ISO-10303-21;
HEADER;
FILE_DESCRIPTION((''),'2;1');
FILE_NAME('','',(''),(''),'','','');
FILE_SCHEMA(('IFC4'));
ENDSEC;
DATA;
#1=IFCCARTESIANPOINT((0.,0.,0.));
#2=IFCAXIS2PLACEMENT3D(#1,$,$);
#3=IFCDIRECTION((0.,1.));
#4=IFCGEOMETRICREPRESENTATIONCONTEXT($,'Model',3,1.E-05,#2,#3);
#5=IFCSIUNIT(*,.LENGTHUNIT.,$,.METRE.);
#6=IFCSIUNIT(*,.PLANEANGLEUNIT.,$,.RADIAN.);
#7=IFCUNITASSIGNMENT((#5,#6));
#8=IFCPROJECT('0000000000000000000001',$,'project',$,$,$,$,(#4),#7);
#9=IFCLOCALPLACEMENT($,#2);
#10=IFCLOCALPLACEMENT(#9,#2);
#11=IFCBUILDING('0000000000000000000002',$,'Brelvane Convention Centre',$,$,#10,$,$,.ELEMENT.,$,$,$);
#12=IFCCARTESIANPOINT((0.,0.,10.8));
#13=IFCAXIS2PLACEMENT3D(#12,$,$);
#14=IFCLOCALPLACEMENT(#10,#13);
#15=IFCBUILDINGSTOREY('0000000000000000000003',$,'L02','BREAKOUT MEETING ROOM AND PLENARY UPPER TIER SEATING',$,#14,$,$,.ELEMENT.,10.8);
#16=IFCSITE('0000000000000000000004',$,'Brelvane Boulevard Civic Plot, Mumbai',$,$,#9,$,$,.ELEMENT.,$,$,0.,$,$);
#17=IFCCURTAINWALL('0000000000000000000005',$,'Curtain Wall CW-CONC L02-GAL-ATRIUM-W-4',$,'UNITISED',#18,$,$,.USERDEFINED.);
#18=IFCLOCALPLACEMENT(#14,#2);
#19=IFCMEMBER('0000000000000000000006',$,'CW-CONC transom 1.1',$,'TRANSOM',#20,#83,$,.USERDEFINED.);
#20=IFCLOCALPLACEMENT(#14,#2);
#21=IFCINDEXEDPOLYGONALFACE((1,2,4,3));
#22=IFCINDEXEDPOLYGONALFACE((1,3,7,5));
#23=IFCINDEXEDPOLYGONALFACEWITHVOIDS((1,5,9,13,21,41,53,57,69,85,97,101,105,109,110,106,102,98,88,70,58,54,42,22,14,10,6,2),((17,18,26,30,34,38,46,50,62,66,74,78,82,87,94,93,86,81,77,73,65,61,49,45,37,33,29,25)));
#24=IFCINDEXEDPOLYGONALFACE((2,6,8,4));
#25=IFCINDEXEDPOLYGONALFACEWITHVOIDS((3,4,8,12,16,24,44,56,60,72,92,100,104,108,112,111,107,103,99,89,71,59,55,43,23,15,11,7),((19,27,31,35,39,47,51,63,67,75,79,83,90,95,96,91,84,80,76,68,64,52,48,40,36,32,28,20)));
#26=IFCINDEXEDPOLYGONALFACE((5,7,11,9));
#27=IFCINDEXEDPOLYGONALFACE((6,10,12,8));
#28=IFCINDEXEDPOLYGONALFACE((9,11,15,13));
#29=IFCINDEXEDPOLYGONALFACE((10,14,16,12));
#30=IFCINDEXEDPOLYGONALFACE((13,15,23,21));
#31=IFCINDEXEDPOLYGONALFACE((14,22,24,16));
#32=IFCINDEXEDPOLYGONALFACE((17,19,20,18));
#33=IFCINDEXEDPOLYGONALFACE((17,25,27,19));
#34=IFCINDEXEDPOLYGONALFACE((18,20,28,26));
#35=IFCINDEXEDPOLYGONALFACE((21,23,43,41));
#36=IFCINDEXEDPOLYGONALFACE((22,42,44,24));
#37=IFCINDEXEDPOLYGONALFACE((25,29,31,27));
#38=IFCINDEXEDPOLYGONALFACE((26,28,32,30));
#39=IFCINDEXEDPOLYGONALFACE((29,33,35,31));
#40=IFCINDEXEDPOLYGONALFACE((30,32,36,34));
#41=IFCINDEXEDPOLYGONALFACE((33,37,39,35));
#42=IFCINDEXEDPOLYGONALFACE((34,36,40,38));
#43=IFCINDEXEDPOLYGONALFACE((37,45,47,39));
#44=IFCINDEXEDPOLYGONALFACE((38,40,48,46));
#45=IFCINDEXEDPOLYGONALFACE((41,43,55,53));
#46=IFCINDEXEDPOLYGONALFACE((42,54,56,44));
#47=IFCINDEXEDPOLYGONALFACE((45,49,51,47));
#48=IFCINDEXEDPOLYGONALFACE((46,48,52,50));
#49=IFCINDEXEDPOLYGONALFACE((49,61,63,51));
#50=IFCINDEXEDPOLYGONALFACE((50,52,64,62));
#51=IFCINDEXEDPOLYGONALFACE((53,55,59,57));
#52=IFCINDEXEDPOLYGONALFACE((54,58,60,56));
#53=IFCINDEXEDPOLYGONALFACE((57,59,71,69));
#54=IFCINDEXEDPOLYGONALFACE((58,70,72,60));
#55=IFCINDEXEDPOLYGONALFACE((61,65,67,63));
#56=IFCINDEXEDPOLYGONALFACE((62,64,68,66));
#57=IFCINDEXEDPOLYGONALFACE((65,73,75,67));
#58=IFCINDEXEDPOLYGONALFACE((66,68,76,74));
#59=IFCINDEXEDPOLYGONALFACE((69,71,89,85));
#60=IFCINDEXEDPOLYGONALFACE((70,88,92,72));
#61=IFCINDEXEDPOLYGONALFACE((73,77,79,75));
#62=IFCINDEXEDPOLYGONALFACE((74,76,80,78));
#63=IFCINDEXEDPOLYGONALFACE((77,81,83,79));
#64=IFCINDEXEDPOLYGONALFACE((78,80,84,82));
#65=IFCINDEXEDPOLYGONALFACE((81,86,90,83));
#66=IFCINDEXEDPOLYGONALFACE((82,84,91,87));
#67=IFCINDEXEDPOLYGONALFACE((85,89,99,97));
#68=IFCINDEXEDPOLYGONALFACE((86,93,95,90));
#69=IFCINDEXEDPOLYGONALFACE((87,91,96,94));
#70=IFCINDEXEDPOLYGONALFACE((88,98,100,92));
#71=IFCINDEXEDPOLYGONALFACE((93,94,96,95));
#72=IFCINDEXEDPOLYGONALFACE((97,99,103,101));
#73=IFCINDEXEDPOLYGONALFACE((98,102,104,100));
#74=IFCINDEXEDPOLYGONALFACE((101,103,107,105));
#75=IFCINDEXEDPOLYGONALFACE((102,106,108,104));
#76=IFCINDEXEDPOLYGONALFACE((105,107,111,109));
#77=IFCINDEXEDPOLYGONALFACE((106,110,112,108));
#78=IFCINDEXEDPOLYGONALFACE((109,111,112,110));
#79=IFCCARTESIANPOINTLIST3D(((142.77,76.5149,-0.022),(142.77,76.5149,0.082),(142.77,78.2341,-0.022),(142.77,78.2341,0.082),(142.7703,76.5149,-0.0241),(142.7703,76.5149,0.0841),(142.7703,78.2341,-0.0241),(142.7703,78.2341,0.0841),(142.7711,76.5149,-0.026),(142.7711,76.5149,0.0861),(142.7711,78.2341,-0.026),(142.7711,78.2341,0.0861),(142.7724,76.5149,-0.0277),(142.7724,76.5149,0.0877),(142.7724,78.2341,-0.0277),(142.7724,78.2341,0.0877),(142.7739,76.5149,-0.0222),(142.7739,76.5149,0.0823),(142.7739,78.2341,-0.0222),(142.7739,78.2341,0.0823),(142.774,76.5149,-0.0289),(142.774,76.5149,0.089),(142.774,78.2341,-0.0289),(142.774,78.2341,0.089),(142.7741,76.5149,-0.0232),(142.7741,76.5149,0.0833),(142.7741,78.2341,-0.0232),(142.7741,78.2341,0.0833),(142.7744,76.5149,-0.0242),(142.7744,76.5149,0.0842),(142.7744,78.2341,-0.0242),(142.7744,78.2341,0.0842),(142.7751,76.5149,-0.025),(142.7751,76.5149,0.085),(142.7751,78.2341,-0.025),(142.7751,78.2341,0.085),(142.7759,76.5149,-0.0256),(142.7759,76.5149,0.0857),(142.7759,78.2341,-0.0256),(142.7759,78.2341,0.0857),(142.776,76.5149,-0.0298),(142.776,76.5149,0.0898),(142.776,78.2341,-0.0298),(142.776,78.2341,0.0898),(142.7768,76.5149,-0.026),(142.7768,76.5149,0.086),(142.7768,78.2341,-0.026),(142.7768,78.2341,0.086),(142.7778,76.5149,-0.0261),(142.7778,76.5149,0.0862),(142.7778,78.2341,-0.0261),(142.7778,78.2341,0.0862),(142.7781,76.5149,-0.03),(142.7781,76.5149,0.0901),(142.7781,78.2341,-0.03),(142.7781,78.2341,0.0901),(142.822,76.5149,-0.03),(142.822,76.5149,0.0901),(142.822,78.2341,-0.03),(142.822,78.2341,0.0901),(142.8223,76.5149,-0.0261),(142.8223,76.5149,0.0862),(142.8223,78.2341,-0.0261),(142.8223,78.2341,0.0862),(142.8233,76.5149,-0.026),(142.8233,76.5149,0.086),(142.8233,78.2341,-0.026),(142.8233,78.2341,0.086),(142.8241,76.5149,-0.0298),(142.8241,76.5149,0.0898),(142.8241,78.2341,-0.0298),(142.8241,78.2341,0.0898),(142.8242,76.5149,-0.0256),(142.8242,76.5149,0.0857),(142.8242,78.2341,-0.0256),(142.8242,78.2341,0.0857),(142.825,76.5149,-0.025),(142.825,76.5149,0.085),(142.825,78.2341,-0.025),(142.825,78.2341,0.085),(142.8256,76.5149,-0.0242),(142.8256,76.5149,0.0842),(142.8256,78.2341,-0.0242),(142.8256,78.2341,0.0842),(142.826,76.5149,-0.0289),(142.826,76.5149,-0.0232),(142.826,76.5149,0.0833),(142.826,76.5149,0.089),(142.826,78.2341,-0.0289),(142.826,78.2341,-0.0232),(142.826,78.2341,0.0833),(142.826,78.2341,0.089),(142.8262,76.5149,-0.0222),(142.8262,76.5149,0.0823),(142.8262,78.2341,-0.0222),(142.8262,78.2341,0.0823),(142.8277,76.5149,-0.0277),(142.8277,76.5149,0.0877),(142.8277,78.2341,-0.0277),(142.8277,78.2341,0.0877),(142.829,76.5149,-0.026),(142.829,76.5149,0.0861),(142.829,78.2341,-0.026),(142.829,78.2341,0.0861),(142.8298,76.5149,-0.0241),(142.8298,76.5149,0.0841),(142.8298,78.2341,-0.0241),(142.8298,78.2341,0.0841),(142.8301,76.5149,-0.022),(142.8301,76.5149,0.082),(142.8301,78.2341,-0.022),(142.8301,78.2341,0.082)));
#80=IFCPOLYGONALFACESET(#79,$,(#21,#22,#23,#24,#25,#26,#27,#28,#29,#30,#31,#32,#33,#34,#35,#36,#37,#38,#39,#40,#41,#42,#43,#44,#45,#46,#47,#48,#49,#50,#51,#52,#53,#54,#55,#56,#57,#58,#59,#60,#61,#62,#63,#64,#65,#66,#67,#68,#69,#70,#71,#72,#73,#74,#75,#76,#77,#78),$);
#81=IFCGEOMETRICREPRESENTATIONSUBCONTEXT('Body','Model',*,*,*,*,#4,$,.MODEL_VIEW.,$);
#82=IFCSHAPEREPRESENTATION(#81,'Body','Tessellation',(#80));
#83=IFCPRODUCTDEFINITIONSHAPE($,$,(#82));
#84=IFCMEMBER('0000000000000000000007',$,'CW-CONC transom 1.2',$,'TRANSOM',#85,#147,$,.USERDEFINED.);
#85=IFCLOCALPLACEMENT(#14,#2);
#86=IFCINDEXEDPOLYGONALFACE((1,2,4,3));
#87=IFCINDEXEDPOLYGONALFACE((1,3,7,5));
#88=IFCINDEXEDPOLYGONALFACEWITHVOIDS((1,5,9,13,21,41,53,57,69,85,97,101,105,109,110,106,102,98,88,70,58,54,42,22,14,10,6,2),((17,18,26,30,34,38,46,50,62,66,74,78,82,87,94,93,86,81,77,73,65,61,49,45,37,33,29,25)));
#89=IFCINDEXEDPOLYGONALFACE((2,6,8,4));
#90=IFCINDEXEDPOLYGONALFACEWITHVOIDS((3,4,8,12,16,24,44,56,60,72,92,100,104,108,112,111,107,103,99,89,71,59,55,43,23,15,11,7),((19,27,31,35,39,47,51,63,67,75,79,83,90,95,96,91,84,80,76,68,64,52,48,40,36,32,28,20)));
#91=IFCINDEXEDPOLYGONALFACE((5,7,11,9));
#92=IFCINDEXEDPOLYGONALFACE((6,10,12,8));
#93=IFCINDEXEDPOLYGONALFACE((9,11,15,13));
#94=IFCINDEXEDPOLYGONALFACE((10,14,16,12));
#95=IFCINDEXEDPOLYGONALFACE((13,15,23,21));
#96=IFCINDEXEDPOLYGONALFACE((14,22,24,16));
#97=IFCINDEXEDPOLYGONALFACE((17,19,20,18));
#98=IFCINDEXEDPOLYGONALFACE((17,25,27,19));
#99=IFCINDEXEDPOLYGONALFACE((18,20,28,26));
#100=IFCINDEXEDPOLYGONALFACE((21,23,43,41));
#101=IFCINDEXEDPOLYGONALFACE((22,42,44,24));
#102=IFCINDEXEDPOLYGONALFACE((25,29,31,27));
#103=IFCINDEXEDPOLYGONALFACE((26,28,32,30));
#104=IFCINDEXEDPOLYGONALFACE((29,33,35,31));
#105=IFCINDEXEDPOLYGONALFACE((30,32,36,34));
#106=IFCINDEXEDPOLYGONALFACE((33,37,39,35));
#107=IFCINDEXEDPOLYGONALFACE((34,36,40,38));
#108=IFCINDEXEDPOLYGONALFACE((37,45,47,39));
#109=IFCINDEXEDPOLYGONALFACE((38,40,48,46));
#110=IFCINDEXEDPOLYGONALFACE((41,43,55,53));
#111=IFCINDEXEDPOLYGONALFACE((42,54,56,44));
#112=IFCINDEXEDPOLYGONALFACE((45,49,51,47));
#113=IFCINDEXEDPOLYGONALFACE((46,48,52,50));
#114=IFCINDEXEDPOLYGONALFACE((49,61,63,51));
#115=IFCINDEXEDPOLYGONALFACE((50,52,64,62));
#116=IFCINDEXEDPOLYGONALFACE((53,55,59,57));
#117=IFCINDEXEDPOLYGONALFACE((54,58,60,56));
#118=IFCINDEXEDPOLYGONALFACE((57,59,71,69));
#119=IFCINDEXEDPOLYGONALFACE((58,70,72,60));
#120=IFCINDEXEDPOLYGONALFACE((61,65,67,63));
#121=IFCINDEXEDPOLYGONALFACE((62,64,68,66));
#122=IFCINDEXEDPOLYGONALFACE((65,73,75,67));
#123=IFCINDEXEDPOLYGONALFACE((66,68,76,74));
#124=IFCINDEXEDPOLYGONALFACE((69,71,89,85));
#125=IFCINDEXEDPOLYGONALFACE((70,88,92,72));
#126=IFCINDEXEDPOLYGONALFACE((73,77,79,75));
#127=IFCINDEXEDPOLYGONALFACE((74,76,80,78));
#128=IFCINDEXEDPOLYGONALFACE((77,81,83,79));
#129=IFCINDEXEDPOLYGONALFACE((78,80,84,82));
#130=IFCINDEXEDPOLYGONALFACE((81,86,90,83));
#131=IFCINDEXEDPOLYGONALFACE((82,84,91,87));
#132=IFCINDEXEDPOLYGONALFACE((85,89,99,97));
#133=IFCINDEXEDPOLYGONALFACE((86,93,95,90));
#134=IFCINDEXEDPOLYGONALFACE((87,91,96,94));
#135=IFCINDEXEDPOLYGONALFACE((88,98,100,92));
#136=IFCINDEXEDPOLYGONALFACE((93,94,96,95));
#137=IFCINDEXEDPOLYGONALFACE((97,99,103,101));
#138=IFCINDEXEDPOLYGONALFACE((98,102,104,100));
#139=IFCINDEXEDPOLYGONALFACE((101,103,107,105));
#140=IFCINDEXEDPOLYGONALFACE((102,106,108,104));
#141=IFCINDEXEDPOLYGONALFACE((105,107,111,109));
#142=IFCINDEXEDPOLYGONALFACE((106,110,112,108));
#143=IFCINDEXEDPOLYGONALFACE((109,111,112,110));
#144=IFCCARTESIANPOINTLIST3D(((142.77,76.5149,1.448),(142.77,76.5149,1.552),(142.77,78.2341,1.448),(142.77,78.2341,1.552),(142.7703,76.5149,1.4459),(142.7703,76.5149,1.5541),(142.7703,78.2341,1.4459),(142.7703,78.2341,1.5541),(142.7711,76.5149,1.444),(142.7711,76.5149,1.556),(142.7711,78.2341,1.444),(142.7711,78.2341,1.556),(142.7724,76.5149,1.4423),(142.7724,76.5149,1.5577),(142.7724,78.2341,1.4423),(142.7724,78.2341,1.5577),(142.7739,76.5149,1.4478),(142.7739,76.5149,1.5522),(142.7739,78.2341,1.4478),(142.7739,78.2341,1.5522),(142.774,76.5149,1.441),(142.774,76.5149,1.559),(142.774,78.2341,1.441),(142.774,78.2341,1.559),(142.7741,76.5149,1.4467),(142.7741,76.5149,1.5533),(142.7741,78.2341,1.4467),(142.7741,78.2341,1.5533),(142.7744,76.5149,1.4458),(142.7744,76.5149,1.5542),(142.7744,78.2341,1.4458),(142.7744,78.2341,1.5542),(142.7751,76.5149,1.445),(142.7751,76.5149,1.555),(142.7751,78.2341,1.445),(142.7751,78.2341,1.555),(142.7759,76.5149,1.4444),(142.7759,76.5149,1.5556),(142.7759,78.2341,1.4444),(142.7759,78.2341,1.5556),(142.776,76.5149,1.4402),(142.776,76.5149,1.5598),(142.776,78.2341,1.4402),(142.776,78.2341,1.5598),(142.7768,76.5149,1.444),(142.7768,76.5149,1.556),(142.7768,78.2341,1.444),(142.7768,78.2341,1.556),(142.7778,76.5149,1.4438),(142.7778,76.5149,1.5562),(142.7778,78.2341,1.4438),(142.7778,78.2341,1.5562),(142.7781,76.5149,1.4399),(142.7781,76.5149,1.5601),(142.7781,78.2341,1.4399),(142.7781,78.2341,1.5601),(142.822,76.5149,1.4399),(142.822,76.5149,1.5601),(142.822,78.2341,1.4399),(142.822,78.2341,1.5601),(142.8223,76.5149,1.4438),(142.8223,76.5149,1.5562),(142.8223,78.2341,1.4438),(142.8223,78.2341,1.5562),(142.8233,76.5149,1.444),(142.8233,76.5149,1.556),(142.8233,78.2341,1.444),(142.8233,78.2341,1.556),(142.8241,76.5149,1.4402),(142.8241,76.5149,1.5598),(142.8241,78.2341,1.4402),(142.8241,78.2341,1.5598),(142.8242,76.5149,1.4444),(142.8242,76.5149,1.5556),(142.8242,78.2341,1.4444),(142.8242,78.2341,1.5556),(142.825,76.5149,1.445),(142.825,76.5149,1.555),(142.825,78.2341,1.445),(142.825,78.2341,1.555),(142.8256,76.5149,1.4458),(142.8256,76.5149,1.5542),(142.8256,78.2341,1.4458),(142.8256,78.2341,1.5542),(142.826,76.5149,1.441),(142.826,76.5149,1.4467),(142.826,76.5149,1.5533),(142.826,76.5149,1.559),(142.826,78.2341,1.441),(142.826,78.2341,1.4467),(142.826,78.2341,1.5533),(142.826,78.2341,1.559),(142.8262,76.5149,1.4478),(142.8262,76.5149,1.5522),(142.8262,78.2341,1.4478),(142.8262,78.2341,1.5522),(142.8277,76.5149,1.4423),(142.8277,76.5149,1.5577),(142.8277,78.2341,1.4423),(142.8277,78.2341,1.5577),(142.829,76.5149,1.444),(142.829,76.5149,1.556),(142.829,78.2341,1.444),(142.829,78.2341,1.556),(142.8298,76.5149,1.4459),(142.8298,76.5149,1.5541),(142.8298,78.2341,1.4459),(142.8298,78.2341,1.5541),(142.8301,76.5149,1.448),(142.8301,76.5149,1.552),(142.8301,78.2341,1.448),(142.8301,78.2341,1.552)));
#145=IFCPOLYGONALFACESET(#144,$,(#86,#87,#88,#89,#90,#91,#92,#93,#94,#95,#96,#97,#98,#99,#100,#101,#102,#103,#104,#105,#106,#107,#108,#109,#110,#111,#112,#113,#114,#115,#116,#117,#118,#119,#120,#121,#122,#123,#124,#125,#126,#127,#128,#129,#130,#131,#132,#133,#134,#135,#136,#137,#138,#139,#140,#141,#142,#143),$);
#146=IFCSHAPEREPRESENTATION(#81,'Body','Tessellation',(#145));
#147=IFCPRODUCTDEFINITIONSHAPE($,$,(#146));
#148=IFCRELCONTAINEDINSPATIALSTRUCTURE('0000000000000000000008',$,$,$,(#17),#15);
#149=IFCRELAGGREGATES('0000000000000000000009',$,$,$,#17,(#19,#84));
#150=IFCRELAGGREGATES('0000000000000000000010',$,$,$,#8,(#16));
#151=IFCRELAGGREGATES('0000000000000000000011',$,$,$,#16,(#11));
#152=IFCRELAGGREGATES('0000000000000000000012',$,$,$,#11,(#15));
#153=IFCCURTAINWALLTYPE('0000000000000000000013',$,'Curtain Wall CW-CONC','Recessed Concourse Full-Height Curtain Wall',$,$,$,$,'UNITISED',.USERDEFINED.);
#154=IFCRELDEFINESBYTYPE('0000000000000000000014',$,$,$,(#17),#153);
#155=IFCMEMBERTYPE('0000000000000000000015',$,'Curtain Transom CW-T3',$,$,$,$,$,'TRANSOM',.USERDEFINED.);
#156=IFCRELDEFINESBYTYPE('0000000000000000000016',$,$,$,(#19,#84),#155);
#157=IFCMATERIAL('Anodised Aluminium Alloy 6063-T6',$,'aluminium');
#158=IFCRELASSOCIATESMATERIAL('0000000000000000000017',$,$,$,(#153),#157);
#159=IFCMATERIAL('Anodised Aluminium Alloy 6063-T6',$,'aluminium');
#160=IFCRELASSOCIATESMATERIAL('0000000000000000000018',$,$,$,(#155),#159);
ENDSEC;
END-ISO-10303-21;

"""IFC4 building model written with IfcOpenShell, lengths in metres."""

from ifc_helpers import new_model, si_unit, direction, frame, origin, origin_2d, place, context, subcontext, project, spatial, hollow_rectangle, extrude, material, material_profile, profile_set, type_object, element, aggregate, save


model = new_model("IFC4")

# Units and contexts
model_context = context("Model", 3, precision=1e-05, world=origin(), true_north=direction((0.0, 1.0)))
body_context = subcontext(model_context, "Body", "Model", "MODEL_VIEW")
ifc_project = project(units=[si_unit("LENGTHUNIT", "METRE"), si_unit("PLANEANGLEUNIT", "RADIAN")], contexts=[model_context])

# Site, building, storey
site_placement = place(None, origin())
site = spatial("IfcSite", under=ifc_project, at=site_placement, Name="Brelvane Boulevard Civic Plot, Mumbai", CompositionType="ELEMENT", RefElevation=0.0)
building_placement = place(site_placement, origin())
building = spatial("IfcBuilding", under=site, at=building_placement, Name="Brelvane Convention Centre", CompositionType="ELEMENT")
storey_placement = place(building_placement, frame((0.0, 0.0, 10.8)))
storey = spatial("IfcBuildingStorey", under=building, at=storey_placement, Name="L02", Description="BREAKOUT MEETING ROOM AND PLENARY UPPER TIER SEATING", CompositionType="ELEMENT", Elevation=10.8)

# Curtain wall
ifc_material_1 = material(Name="Anodised Aluminium Alloy 6063-T6", Category="aluminium")
curtain_wall_type = type_object("IfcCurtainWallType", Name="Curtain Wall CW-CONC", Description="Recessed Concourse Full-Height Curtain Wall", ElementType="UNITISED", PredefinedType="USERDEFINED", material=ifc_material_1)
curtain_wall_1_placement = place(storey_placement, origin())
curtain_wall_1 = element("IfcCurtainWall", 1, at=curtain_wall_1_placement, inside=storey, type_object=curtain_wall_type, Name="Curtain Wall CW-CONC L02-GAL-ATRIUM-W-4", ObjectType="UNITISED", PredefinedType="USERDEFINED")

# Members
ifc_material_2 = material(Name="Anodised Aluminium Alloy 6063-T6", Category="aluminium")
ifc_material_profile_1 = material_profile(ifc_material_2, hollow_rectangle(XDim=0.0601, YDim=0.1201, WallThickness=0.0039, InnerFilletRadius=0.0039, OuterFilletRadius=0.0081, at=origin_2d()), Name="ALU-T 120x60x4.0")
ifc_profile_set_1 = profile_set([ifc_material_profile_1], Name="Anodised Aluminium Alloy 6063-T6")
member_type_1 = type_object("IfcMemberType", Name="Curtain Transom CW-T3", ElementType="TRANSOM", PredefinedType="USERDEFINED", material=ifc_profile_set_1)
member_1_placement = place(storey_placement, frame((142.8, 76.5149, 0.03), z_axis=(0.0, 1.0, 0.0), x_axis=(-1.0, 0.0, 0.0)))
member_1 = element("IfcMember", 2, at=member_1_placement, type_object=member_type_1, Name="CW-CONC transom 1.1", ObjectType="TRANSOM", PredefinedType="USERDEFINED", context=body_context, shape_type="SweptSolid", body=[
    extrude(hollow_rectangle(XDim=0.0601, YDim=0.1201, WallThickness=0.0039, InnerFilletRadius=0.0039, OuterFilletRadius=0.0081, at=origin_2d()), origin(), (0.0, 0.0, 1.0), 1.7192),
])
member_2_placement = place(storey_placement, frame((142.8, 76.5149, 1.5), z_axis=(0.0, 1.0, 0.0), x_axis=(-1.0, 0.0, 0.0)))
member_2 = element("IfcMember", 3, at=member_2_placement, type_object=member_type_1, Name="CW-CONC transom 1.2", ObjectType="TRANSOM", PredefinedType="USERDEFINED", context=body_context, shape_type="SweptSolid", body=[
    extrude(hollow_rectangle(XDim=0.0601, YDim=0.1201, WallThickness=0.0039, InnerFilletRadius=0.0039, OuterFilletRadius=0.0081, at=origin_2d()), origin(), (0.0, 0.0, 1.0), 1.7192),
])

aggregate(curtain_wall_1, [member_1, member_2])

save(model, "model.ifc")
